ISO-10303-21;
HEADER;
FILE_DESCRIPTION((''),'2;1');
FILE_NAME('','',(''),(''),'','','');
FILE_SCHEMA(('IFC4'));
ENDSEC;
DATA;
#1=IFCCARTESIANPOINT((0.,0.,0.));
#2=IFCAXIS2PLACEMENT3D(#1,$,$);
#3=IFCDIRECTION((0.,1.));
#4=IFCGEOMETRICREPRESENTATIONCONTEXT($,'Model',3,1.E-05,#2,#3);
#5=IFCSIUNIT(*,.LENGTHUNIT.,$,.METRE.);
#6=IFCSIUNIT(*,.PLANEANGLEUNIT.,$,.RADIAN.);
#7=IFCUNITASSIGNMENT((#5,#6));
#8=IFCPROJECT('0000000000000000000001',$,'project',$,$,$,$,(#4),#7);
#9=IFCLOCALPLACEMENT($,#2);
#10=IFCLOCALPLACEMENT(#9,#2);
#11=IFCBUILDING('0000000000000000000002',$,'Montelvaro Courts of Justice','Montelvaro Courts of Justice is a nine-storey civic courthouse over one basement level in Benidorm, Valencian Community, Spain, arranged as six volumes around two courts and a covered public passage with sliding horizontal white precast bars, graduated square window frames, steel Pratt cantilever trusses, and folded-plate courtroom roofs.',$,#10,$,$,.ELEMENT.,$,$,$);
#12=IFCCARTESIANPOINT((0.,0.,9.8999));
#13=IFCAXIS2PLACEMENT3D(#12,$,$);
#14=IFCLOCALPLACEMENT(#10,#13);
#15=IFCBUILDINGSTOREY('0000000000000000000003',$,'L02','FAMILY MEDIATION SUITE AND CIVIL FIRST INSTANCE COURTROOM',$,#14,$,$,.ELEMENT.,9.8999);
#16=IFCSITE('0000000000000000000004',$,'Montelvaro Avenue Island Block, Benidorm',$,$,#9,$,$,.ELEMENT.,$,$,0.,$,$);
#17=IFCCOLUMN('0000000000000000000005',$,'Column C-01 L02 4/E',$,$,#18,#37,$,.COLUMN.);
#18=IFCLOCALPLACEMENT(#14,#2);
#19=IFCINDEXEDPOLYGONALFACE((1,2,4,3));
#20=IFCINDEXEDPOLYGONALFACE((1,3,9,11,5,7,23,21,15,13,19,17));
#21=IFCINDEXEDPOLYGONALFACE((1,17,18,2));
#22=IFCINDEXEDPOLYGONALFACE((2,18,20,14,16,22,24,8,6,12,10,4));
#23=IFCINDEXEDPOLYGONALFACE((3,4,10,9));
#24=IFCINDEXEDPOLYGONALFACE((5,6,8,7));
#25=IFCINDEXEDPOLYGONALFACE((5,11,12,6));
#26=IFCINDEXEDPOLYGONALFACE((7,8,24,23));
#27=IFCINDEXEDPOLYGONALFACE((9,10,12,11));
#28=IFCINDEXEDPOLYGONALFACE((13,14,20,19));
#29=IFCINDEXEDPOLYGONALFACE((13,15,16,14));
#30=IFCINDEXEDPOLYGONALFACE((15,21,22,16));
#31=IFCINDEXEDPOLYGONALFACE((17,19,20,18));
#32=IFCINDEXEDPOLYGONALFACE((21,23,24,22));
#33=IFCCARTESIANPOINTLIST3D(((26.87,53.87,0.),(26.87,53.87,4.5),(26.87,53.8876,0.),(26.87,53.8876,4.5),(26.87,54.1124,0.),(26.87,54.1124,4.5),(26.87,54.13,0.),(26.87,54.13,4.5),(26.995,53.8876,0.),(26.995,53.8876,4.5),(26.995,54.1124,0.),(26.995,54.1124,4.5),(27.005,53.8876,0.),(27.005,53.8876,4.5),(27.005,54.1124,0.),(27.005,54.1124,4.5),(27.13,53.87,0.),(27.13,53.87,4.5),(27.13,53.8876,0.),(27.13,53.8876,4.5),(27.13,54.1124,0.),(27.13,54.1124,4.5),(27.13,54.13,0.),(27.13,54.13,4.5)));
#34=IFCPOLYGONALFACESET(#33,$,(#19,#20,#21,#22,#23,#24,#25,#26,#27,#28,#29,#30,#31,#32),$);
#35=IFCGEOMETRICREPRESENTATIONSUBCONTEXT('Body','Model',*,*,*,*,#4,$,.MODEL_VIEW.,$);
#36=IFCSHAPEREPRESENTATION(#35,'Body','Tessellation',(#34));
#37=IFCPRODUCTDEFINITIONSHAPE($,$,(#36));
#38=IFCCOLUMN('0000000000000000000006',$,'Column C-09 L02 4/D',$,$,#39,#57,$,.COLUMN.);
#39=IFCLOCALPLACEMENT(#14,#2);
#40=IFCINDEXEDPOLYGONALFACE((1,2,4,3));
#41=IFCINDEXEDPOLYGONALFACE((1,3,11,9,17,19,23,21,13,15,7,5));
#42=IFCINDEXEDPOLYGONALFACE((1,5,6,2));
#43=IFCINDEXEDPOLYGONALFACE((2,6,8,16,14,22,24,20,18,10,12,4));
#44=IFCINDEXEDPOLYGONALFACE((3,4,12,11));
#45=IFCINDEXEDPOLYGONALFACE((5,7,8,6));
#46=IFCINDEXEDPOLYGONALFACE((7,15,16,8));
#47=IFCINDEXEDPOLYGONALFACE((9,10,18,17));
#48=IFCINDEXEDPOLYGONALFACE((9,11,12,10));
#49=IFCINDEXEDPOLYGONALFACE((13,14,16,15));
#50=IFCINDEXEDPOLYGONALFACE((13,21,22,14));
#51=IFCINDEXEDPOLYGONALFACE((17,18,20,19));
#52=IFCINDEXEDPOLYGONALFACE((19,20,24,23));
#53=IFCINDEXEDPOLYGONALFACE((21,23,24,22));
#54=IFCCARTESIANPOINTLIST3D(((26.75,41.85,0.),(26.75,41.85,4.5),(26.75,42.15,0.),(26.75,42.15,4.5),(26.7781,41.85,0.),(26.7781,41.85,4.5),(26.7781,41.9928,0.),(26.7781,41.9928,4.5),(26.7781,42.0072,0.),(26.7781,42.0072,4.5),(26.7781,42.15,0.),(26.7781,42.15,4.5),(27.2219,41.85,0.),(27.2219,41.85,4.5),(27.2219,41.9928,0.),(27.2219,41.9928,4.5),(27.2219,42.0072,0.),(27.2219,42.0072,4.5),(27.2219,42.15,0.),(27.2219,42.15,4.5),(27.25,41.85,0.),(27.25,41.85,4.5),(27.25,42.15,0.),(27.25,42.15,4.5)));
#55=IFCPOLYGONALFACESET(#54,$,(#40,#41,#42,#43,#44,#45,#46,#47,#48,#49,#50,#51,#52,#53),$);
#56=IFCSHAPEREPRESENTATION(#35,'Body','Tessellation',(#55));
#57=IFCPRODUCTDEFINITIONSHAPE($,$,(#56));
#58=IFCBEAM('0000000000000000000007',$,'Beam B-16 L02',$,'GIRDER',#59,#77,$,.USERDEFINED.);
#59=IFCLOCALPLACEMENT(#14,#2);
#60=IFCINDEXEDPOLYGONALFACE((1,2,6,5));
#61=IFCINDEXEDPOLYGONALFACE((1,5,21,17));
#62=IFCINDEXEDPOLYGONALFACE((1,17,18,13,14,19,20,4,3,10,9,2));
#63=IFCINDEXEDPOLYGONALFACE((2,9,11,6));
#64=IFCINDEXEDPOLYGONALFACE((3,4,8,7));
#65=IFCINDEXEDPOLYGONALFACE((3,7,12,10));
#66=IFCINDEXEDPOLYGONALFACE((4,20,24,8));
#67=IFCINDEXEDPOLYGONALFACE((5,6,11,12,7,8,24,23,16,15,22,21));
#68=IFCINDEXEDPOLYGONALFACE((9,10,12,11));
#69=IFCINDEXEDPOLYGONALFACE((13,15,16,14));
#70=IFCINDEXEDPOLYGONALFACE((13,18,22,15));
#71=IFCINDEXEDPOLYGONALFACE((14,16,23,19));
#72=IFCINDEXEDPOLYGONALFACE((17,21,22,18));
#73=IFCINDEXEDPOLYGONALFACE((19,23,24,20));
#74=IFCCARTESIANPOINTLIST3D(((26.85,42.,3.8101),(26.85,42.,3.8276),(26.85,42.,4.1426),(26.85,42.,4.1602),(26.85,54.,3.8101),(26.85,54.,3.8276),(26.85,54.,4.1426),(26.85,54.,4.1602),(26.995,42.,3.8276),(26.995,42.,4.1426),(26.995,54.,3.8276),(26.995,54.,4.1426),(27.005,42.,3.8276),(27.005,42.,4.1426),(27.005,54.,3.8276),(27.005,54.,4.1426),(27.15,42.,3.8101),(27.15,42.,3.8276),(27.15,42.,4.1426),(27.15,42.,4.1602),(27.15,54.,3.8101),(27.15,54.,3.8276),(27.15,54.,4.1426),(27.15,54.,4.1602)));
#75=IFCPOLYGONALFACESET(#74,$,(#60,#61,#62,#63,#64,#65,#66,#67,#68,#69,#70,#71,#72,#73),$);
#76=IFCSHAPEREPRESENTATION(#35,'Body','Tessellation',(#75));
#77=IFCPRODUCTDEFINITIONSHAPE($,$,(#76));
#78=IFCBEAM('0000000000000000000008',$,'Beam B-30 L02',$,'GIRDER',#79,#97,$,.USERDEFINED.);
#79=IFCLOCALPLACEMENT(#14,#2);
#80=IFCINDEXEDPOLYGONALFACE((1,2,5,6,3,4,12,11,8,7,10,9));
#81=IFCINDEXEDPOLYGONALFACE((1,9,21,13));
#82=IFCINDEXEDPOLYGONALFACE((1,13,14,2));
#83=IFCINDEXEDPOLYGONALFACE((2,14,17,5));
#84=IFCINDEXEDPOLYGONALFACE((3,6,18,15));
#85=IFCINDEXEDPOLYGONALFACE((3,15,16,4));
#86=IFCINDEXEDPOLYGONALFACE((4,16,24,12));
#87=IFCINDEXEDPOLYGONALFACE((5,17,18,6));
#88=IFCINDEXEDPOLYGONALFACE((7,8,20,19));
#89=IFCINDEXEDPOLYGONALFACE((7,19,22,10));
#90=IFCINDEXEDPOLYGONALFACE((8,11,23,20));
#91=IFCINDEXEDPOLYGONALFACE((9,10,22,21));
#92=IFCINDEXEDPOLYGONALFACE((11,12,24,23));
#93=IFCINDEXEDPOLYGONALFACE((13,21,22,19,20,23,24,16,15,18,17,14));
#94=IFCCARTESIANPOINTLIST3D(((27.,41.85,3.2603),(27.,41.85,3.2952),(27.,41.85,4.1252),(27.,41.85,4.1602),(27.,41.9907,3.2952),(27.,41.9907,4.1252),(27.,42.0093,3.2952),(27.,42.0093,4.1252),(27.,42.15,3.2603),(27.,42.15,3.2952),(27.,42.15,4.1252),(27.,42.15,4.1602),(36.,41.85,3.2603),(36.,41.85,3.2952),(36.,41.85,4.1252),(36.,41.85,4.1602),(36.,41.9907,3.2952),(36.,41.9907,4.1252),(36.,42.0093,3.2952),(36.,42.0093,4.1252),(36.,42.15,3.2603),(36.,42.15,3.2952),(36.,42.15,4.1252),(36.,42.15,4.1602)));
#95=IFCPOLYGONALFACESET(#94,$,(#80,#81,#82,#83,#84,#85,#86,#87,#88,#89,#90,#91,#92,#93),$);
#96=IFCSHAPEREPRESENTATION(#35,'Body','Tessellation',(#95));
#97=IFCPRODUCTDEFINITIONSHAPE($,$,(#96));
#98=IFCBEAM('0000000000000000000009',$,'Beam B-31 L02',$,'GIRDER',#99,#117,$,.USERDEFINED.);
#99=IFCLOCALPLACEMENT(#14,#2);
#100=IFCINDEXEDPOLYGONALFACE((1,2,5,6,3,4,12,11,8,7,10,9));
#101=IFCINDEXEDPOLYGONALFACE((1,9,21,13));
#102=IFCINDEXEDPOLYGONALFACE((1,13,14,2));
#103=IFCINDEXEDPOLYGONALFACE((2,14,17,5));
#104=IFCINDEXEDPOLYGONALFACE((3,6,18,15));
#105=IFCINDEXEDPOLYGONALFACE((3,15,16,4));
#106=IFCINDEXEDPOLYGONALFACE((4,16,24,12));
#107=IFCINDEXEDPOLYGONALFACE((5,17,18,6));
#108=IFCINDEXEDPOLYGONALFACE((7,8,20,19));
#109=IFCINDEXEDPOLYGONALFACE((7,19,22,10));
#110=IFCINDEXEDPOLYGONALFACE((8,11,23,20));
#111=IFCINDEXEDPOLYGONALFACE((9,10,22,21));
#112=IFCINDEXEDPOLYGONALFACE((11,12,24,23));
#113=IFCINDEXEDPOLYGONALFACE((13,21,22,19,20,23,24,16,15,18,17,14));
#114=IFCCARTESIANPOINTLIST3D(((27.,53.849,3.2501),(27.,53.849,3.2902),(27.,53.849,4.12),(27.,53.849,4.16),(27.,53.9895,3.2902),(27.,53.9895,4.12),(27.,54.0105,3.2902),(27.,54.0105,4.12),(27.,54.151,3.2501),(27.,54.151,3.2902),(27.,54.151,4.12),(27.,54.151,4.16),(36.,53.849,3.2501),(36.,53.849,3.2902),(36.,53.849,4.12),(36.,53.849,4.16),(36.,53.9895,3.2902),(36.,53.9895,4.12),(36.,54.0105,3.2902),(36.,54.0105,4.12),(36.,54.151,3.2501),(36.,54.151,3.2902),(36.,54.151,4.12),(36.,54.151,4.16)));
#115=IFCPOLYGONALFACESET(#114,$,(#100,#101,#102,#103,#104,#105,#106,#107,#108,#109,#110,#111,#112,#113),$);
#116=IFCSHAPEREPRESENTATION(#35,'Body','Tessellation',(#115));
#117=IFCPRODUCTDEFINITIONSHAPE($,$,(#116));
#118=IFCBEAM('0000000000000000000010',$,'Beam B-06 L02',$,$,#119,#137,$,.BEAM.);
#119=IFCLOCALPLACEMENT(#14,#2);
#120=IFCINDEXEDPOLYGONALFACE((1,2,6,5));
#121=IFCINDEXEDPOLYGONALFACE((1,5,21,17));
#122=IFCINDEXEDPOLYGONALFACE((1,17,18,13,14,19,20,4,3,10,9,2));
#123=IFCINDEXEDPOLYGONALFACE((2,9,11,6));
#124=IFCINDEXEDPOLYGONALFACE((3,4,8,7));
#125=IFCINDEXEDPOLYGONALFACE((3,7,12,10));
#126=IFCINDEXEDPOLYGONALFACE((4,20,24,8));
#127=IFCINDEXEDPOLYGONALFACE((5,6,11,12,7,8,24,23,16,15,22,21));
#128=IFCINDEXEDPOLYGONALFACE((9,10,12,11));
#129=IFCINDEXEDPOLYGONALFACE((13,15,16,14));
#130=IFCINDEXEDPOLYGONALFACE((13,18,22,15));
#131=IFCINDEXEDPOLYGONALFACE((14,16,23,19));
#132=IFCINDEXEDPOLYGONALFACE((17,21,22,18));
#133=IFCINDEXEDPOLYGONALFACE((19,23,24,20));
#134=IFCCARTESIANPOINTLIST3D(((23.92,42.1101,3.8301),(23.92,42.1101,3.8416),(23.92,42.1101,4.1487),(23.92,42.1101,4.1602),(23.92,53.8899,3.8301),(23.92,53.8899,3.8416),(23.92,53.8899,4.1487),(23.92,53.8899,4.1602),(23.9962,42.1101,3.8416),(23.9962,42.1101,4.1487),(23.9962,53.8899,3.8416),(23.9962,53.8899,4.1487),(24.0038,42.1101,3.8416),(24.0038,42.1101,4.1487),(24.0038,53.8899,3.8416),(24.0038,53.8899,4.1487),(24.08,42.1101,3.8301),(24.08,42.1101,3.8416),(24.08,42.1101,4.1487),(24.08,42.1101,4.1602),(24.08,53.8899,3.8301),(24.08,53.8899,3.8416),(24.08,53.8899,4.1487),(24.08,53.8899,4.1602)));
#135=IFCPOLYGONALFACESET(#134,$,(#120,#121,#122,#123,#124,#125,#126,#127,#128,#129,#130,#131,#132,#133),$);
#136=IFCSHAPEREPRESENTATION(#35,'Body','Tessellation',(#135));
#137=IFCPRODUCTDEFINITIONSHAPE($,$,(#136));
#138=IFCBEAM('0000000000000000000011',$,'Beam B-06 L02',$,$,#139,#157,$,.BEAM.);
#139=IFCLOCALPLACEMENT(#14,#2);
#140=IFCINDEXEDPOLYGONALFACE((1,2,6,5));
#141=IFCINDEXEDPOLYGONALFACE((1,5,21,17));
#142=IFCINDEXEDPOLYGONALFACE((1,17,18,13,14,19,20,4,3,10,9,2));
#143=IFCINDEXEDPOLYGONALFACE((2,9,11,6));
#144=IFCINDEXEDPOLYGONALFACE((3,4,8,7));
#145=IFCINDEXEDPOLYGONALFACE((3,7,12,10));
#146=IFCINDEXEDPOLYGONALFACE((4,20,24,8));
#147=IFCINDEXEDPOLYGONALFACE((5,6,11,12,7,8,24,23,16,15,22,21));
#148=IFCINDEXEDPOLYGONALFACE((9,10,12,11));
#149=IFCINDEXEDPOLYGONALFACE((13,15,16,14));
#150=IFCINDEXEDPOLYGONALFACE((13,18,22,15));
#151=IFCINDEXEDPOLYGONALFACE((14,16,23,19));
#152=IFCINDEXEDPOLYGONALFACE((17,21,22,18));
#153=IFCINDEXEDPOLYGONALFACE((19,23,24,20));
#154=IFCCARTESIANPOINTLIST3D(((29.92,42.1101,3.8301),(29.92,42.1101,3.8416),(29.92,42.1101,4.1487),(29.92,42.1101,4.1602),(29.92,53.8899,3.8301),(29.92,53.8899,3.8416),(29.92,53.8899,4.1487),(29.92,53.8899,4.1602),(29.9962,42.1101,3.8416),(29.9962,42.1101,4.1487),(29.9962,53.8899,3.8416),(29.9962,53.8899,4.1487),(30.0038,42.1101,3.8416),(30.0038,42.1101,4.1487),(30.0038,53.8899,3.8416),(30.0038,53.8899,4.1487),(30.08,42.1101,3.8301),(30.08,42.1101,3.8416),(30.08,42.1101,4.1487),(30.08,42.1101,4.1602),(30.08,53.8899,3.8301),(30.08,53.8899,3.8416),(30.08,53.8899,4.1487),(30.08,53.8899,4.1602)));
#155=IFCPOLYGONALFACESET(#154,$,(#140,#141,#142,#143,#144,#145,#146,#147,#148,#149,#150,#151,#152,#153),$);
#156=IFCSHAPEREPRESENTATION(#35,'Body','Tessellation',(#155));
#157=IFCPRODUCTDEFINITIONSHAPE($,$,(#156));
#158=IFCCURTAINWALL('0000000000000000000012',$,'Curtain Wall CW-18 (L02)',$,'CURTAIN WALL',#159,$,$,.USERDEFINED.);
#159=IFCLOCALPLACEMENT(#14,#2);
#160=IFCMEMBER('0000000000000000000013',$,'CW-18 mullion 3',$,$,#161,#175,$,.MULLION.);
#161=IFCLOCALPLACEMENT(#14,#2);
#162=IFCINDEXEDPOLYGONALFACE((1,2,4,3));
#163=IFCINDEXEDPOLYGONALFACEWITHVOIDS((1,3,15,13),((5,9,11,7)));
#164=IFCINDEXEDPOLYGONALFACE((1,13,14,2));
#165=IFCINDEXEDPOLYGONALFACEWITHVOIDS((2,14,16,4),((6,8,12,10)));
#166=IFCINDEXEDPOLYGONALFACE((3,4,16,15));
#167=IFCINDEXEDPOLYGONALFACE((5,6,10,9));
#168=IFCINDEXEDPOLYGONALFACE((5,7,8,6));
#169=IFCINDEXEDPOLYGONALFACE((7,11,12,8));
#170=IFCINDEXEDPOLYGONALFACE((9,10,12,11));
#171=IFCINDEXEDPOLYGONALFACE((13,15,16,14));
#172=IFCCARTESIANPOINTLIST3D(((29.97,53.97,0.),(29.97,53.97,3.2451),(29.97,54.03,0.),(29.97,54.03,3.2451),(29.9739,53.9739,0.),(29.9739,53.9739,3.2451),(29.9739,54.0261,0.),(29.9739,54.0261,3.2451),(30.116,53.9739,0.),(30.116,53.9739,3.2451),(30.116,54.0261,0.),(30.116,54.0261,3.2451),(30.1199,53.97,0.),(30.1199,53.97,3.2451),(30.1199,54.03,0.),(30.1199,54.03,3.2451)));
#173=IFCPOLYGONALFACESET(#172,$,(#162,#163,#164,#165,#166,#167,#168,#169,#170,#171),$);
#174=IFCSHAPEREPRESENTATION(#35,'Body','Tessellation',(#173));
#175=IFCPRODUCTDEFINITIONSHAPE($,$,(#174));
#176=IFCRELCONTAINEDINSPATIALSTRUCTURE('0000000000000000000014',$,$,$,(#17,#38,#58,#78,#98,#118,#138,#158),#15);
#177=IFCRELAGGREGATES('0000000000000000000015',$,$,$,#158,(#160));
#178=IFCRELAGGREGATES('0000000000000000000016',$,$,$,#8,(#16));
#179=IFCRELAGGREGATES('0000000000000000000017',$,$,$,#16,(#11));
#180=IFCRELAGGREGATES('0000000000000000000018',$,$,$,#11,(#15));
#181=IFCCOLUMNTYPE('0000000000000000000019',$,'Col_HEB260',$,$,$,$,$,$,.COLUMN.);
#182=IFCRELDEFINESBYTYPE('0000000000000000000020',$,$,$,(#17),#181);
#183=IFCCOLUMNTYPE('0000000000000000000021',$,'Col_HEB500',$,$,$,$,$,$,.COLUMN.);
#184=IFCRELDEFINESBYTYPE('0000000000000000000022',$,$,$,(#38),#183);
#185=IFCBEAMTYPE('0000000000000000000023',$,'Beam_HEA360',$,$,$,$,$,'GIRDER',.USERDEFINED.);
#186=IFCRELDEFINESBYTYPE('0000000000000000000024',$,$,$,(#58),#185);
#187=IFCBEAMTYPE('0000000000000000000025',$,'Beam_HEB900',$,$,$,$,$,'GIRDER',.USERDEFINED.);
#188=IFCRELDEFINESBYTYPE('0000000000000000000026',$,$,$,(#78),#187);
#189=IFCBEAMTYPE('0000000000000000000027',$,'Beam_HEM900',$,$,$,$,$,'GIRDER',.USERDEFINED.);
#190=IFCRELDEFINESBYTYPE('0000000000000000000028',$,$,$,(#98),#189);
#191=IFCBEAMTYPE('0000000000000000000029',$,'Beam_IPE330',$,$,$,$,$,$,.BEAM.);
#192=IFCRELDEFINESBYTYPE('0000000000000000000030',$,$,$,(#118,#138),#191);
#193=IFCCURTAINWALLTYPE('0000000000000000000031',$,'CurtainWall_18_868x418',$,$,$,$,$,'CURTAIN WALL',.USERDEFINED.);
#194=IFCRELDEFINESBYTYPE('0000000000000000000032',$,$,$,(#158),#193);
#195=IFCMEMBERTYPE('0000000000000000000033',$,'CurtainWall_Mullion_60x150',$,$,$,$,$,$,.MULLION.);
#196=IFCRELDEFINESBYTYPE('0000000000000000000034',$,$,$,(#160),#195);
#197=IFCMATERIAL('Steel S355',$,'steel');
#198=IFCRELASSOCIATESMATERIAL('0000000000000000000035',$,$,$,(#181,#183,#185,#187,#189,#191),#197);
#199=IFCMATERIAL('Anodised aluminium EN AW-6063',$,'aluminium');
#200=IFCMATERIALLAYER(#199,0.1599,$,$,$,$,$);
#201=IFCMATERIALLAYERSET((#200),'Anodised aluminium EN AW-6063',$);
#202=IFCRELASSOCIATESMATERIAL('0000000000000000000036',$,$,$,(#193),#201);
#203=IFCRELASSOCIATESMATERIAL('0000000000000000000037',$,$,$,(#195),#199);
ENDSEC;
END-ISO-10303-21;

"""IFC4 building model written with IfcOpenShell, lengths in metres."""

from ifc_helpers import new_model, si_unit, direction, frame, origin, origin_2d, place, context, subcontext, project, spatial, hollow_rectangle, i_section, extrude, material, layer, layer_set, material_profile, profile_set, type_object, element, aggregate, save


model = new_model("IFC4")

# Units and contexts
model_context = context("Model", 3, precision=1e-05, world=origin(), true_north=direction((0.0, 1.0)))
body_context = subcontext(model_context, "Body", "Model", "MODEL_VIEW")
ifc_project = project(units=[si_unit("LENGTHUNIT", "METRE"), si_unit("PLANEANGLEUNIT", "RADIAN")], contexts=[model_context])

# Site, building, storey
site_placement = place(None, origin())
site = spatial("IfcSite", under=ifc_project, at=site_placement, Name="Montelvaro Avenue Island Block, Benidorm", CompositionType="ELEMENT", RefElevation=0.0)
building_placement = place(site_placement, origin())
building = spatial("IfcBuilding", under=site, at=building_placement, Name="Montelvaro Courts of Justice", Description="Montelvaro Courts of Justice is a nine-storey civic courthouse over one basement level in Benidorm, Valencian Community, Spain, arranged as six volumes around two courts and a covered public passage with sliding horizontal white precast bars, graduated square window frames, steel Pratt cantilever trusses, and folded-plate courtroom roofs.", CompositionType="ELEMENT")
storey_placement = place(building_placement, frame((0.0, 0.0, 9.8999)))
storey = spatial("IfcBuildingStorey", under=building, at=storey_placement, Name="L02", Description="FAMILY MEDIATION SUITE AND CIVIL FIRST INSTANCE COURTROOM", CompositionType="ELEMENT", Elevation=9.8999)

# Columns
ifc_material_1 = material(Name="Steel S355", Category="steel")
ifc_material_profile_1 = material_profile(ifc_material_1, i_section(OverallWidth=0.26, OverallDepth=0.26, WebThickness=0.01, FlangeThickness=0.0176, at=origin_2d()), Name="HEB 260")
ifc_profile_set_1 = profile_set([ifc_material_profile_1], Name="Steel S355")
column_type_1 = type_object("IfcColumnType", Name="Col_HEB260", PredefinedType="COLUMN", material=ifc_profile_set_1)
column_1_placement = place(storey_placement, frame((27.0, 54.0, 0.0), z_axis=(0.0, 0.0, 1.0), x_axis=(1.0, 0.0, 0.0)))
element("IfcColumn", 1, at=column_1_placement, inside=storey, type_object=column_type_1, Name="Column C-01 L02 4/E", PredefinedType="COLUMN", context=body_context, shape_type="SweptSolid", body=[
    extrude(i_section(OverallWidth=0.26, OverallDepth=0.26, WebThickness=0.01, FlangeThickness=0.0176, at=origin_2d()), origin(), (0.0, 0.0, 1.0), 4.5),
])
ifc_material_profile_2 = material_profile(ifc_material_1, i_section(OverallWidth=0.3, OverallDepth=0.5, WebThickness=0.0144, FlangeThickness=0.0281, at=origin_2d()), Name="HEB 500")
ifc_profile_set_2 = profile_set([ifc_material_profile_2], Name="Steel S355")
column_type_2 = type_object("IfcColumnType", Name="Col_HEB500", PredefinedType="COLUMN", material=ifc_profile_set_2)
column_2_placement = place(storey_placement, frame((27.0, 42.0, 0.0), z_axis=(0.0, 0.0, 1.0), x_axis=(0.0, 1.0, 0.0)))
element("IfcColumn", 2, at=column_2_placement, inside=storey, type_object=column_type_2, Name="Column C-09 L02 4/D", PredefinedType="COLUMN", context=body_context, shape_type="SweptSolid", body=[
    extrude(i_section(OverallWidth=0.3, OverallDepth=0.5, WebThickness=0.0144, FlangeThickness=0.0281, at=origin_2d()), origin(), (0.0, 0.0, 1.0), 4.5),
])

# Beams
ifc_material_profile_3 = material_profile(ifc_material_1, i_section(OverallWidth=0.3, OverallDepth=0.3501, WebThickness=0.01, FlangeThickness=0.0176, at=origin_2d()), Name="HEA 360")
ifc_profile_set_3 = profile_set([ifc_material_profile_3], Name="Steel S355")
beam_type_1 = type_object("IfcBeamType", Name="Beam_HEA360", ElementType="GIRDER", PredefinedType="USERDEFINED", material=ifc_profile_set_3)
beam_1_placement = place(storey_placement, frame((27.0, 42.0, 3.9851), z_axis=(0.0, 1.0, 0.0), x_axis=(-1.0, 0.0, 0.0)))
element("IfcBeam", 3, at=beam_1_placement, inside=storey, type_object=beam_type_1, Name="Beam B-16 L02", ObjectType="GIRDER", PredefinedType="USERDEFINED", context=body_context, shape_type="SweptSolid", body=[
    extrude(i_section(OverallWidth=0.3, OverallDepth=0.3501, WebThickness=0.01, FlangeThickness=0.0176, at=origin_2d()), origin(), (0.0, 0.0, 1.0), 12.0),
])
ifc_material_profile_4 = material_profile(ifc_material_1, i_section(OverallWidth=0.3, OverallDepth=0.8999, WebThickness=0.0186, FlangeThickness=0.0349, at=origin_2d()), Name="HEB 900")
ifc_profile_set_4 = profile_set([ifc_material_profile_4], Name="Steel S355")
beam_type_2 = type_object("IfcBeamType", Name="Beam_HEB900", ElementType="GIRDER", PredefinedType="USERDEFINED", material=ifc_profile_set_4)
beam_2_placement = place(storey_placement, frame((27.0, 42.0, 3.7102), z_axis=(1.0, 0.0, 0.0), x_axis=(0.0, 1.0, 0.0)))
element("IfcBeam", 4, at=beam_2_placement, inside=storey, type_object=beam_type_2, Name="Beam B-30 L02", ObjectType="GIRDER", PredefinedType="USERDEFINED", context=body_context, shape_type="SweptSolid", body=[
    extrude(i_section(OverallWidth=0.3, OverallDepth=0.8999, WebThickness=0.0186, FlangeThickness=0.0349, at=origin_2d()), origin(), (0.0, 0.0, 1.0), 9.0),
])
ifc_material_profile_5 = material_profile(ifc_material_1, i_section(OverallWidth=0.302, OverallDepth=0.9099, WebThickness=0.021, FlangeThickness=0.04, at=origin_2d()), Name="HEM 900")
ifc_profile_set_5 = profile_set([ifc_material_profile_5], Name="Steel S355")
beam_type_3 = type_object("IfcBeamType", Name="Beam_HEM900", ElementType="GIRDER", PredefinedType="USERDEFINED", material=ifc_profile_set_5)
beam_3_placement = place(storey_placement, frame((27.0, 54.0, 3.7051), z_axis=(1.0, 0.0, 0.0), x_axis=(0.0, 1.0, 0.0)))
element("IfcBeam", 5, at=beam_3_placement, inside=storey, type_object=beam_type_3, Name="Beam B-31 L02", ObjectType="GIRDER", PredefinedType="USERDEFINED", context=body_context, shape_type="SweptSolid", body=[
    extrude(i_section(OverallWidth=0.302, OverallDepth=0.9099, WebThickness=0.021, FlangeThickness=0.04, at=origin_2d()), origin(), (0.0, 0.0, 1.0), 9.0),
])
ifc_material_profile_6 = material_profile(ifc_material_1, i_section(OverallWidth=0.1599, OverallDepth=0.3301, WebThickness=0.0076, FlangeThickness=0.0115, at=origin_2d()), Name="IPE 330")
ifc_profile_set_6 = profile_set([ifc_material_profile_6], Name="Steel S355")
beam_type_4 = type_object("IfcBeamType", Name="Beam_IPE330", PredefinedType="BEAM", material=ifc_profile_set_6)
for number, where, z_axis, x_axis, name in (
    (6, (24.0, 42.1101, 3.9951), (0.0, 1.0, 0.0), (-1.0, 0.0, 0.0), "Beam B-06 L02"),
    (7, (30.0, 42.1101, 3.9951), (0.0, 1.0, 0.0), (-1.0, 0.0, 0.0), "Beam B-06 L02"),
):
    element("IfcBeam", number, at=place(storey_placement, frame(where, z_axis=z_axis, x_axis=x_axis)), inside=storey, type_object=beam_type_4, Name=name, PredefinedType="BEAM", context=body_context, shape_type="SweptSolid", body=[
        extrude(i_section(OverallWidth=0.1599, OverallDepth=0.3301, WebThickness=0.0076, FlangeThickness=0.0115, at=origin_2d()), origin(), (0.0, 0.0, 1.0), 11.7798),
    ])

# Curtain wall, member
ifc_material_2 = material(Name="Anodised aluminium EN AW-6063", Category="aluminium")
ifc_layer_1 = layer(ifc_material_2, 0.1599)
ifc_layer_set_1 = layer_set([ifc_layer_1], Name="Anodised aluminium EN AW-6063")
curtain_wall_type = type_object("IfcCurtainWallType", Name="CurtainWall_18_868x418", ElementType="CURTAIN WALL", PredefinedType="USERDEFINED", material=ifc_layer_set_1)
curtain_wall_1_placement = place(storey_placement, origin())
curtain_wall_1 = element("IfcCurtainWall", 8, at=curtain_wall_1_placement, inside=storey, type_object=curtain_wall_type, Name="Curtain Wall CW-18 (L02)", ObjectType="CURTAIN WALL", PredefinedType="USERDEFINED")
ifc_material_profile_7 = material_profile(ifc_material_2, hollow_rectangle(XDim=0.0601, YDim=0.1499, WallThickness=0.0039, at=origin_2d()), Name="ALU-M 60x150")
ifc_profile_set_7 = profile_set([ifc_material_profile_7], Name="Anodised aluminium EN AW-6063")
member_type_1 = type_object("IfcMemberType", Name="CurtainWall_Mullion_60x150", PredefinedType="MULLION", material=ifc_profile_set_7)
member_1_placement = place(storey_placement, frame((30.0449, 54.0, 0.0), z_axis=(0.0, 0.0, 1.0), x_axis=(0.0, -1.0, 0.0)))
member_1 = element("IfcMember", 9, at=member_1_placement, type_object=member_type_1, Name="CW-18 mullion 3", PredefinedType="MULLION", context=body_context, shape_type="SweptSolid", body=[
    extrude(hollow_rectangle(XDim=0.0601, YDim=0.1499, WallThickness=0.0039, at=origin_2d()), origin(), (0.0, 0.0, 1.0), 3.2451),
])

aggregate(curtain_wall_1, [member_1])

save(model, "model.ifc")
